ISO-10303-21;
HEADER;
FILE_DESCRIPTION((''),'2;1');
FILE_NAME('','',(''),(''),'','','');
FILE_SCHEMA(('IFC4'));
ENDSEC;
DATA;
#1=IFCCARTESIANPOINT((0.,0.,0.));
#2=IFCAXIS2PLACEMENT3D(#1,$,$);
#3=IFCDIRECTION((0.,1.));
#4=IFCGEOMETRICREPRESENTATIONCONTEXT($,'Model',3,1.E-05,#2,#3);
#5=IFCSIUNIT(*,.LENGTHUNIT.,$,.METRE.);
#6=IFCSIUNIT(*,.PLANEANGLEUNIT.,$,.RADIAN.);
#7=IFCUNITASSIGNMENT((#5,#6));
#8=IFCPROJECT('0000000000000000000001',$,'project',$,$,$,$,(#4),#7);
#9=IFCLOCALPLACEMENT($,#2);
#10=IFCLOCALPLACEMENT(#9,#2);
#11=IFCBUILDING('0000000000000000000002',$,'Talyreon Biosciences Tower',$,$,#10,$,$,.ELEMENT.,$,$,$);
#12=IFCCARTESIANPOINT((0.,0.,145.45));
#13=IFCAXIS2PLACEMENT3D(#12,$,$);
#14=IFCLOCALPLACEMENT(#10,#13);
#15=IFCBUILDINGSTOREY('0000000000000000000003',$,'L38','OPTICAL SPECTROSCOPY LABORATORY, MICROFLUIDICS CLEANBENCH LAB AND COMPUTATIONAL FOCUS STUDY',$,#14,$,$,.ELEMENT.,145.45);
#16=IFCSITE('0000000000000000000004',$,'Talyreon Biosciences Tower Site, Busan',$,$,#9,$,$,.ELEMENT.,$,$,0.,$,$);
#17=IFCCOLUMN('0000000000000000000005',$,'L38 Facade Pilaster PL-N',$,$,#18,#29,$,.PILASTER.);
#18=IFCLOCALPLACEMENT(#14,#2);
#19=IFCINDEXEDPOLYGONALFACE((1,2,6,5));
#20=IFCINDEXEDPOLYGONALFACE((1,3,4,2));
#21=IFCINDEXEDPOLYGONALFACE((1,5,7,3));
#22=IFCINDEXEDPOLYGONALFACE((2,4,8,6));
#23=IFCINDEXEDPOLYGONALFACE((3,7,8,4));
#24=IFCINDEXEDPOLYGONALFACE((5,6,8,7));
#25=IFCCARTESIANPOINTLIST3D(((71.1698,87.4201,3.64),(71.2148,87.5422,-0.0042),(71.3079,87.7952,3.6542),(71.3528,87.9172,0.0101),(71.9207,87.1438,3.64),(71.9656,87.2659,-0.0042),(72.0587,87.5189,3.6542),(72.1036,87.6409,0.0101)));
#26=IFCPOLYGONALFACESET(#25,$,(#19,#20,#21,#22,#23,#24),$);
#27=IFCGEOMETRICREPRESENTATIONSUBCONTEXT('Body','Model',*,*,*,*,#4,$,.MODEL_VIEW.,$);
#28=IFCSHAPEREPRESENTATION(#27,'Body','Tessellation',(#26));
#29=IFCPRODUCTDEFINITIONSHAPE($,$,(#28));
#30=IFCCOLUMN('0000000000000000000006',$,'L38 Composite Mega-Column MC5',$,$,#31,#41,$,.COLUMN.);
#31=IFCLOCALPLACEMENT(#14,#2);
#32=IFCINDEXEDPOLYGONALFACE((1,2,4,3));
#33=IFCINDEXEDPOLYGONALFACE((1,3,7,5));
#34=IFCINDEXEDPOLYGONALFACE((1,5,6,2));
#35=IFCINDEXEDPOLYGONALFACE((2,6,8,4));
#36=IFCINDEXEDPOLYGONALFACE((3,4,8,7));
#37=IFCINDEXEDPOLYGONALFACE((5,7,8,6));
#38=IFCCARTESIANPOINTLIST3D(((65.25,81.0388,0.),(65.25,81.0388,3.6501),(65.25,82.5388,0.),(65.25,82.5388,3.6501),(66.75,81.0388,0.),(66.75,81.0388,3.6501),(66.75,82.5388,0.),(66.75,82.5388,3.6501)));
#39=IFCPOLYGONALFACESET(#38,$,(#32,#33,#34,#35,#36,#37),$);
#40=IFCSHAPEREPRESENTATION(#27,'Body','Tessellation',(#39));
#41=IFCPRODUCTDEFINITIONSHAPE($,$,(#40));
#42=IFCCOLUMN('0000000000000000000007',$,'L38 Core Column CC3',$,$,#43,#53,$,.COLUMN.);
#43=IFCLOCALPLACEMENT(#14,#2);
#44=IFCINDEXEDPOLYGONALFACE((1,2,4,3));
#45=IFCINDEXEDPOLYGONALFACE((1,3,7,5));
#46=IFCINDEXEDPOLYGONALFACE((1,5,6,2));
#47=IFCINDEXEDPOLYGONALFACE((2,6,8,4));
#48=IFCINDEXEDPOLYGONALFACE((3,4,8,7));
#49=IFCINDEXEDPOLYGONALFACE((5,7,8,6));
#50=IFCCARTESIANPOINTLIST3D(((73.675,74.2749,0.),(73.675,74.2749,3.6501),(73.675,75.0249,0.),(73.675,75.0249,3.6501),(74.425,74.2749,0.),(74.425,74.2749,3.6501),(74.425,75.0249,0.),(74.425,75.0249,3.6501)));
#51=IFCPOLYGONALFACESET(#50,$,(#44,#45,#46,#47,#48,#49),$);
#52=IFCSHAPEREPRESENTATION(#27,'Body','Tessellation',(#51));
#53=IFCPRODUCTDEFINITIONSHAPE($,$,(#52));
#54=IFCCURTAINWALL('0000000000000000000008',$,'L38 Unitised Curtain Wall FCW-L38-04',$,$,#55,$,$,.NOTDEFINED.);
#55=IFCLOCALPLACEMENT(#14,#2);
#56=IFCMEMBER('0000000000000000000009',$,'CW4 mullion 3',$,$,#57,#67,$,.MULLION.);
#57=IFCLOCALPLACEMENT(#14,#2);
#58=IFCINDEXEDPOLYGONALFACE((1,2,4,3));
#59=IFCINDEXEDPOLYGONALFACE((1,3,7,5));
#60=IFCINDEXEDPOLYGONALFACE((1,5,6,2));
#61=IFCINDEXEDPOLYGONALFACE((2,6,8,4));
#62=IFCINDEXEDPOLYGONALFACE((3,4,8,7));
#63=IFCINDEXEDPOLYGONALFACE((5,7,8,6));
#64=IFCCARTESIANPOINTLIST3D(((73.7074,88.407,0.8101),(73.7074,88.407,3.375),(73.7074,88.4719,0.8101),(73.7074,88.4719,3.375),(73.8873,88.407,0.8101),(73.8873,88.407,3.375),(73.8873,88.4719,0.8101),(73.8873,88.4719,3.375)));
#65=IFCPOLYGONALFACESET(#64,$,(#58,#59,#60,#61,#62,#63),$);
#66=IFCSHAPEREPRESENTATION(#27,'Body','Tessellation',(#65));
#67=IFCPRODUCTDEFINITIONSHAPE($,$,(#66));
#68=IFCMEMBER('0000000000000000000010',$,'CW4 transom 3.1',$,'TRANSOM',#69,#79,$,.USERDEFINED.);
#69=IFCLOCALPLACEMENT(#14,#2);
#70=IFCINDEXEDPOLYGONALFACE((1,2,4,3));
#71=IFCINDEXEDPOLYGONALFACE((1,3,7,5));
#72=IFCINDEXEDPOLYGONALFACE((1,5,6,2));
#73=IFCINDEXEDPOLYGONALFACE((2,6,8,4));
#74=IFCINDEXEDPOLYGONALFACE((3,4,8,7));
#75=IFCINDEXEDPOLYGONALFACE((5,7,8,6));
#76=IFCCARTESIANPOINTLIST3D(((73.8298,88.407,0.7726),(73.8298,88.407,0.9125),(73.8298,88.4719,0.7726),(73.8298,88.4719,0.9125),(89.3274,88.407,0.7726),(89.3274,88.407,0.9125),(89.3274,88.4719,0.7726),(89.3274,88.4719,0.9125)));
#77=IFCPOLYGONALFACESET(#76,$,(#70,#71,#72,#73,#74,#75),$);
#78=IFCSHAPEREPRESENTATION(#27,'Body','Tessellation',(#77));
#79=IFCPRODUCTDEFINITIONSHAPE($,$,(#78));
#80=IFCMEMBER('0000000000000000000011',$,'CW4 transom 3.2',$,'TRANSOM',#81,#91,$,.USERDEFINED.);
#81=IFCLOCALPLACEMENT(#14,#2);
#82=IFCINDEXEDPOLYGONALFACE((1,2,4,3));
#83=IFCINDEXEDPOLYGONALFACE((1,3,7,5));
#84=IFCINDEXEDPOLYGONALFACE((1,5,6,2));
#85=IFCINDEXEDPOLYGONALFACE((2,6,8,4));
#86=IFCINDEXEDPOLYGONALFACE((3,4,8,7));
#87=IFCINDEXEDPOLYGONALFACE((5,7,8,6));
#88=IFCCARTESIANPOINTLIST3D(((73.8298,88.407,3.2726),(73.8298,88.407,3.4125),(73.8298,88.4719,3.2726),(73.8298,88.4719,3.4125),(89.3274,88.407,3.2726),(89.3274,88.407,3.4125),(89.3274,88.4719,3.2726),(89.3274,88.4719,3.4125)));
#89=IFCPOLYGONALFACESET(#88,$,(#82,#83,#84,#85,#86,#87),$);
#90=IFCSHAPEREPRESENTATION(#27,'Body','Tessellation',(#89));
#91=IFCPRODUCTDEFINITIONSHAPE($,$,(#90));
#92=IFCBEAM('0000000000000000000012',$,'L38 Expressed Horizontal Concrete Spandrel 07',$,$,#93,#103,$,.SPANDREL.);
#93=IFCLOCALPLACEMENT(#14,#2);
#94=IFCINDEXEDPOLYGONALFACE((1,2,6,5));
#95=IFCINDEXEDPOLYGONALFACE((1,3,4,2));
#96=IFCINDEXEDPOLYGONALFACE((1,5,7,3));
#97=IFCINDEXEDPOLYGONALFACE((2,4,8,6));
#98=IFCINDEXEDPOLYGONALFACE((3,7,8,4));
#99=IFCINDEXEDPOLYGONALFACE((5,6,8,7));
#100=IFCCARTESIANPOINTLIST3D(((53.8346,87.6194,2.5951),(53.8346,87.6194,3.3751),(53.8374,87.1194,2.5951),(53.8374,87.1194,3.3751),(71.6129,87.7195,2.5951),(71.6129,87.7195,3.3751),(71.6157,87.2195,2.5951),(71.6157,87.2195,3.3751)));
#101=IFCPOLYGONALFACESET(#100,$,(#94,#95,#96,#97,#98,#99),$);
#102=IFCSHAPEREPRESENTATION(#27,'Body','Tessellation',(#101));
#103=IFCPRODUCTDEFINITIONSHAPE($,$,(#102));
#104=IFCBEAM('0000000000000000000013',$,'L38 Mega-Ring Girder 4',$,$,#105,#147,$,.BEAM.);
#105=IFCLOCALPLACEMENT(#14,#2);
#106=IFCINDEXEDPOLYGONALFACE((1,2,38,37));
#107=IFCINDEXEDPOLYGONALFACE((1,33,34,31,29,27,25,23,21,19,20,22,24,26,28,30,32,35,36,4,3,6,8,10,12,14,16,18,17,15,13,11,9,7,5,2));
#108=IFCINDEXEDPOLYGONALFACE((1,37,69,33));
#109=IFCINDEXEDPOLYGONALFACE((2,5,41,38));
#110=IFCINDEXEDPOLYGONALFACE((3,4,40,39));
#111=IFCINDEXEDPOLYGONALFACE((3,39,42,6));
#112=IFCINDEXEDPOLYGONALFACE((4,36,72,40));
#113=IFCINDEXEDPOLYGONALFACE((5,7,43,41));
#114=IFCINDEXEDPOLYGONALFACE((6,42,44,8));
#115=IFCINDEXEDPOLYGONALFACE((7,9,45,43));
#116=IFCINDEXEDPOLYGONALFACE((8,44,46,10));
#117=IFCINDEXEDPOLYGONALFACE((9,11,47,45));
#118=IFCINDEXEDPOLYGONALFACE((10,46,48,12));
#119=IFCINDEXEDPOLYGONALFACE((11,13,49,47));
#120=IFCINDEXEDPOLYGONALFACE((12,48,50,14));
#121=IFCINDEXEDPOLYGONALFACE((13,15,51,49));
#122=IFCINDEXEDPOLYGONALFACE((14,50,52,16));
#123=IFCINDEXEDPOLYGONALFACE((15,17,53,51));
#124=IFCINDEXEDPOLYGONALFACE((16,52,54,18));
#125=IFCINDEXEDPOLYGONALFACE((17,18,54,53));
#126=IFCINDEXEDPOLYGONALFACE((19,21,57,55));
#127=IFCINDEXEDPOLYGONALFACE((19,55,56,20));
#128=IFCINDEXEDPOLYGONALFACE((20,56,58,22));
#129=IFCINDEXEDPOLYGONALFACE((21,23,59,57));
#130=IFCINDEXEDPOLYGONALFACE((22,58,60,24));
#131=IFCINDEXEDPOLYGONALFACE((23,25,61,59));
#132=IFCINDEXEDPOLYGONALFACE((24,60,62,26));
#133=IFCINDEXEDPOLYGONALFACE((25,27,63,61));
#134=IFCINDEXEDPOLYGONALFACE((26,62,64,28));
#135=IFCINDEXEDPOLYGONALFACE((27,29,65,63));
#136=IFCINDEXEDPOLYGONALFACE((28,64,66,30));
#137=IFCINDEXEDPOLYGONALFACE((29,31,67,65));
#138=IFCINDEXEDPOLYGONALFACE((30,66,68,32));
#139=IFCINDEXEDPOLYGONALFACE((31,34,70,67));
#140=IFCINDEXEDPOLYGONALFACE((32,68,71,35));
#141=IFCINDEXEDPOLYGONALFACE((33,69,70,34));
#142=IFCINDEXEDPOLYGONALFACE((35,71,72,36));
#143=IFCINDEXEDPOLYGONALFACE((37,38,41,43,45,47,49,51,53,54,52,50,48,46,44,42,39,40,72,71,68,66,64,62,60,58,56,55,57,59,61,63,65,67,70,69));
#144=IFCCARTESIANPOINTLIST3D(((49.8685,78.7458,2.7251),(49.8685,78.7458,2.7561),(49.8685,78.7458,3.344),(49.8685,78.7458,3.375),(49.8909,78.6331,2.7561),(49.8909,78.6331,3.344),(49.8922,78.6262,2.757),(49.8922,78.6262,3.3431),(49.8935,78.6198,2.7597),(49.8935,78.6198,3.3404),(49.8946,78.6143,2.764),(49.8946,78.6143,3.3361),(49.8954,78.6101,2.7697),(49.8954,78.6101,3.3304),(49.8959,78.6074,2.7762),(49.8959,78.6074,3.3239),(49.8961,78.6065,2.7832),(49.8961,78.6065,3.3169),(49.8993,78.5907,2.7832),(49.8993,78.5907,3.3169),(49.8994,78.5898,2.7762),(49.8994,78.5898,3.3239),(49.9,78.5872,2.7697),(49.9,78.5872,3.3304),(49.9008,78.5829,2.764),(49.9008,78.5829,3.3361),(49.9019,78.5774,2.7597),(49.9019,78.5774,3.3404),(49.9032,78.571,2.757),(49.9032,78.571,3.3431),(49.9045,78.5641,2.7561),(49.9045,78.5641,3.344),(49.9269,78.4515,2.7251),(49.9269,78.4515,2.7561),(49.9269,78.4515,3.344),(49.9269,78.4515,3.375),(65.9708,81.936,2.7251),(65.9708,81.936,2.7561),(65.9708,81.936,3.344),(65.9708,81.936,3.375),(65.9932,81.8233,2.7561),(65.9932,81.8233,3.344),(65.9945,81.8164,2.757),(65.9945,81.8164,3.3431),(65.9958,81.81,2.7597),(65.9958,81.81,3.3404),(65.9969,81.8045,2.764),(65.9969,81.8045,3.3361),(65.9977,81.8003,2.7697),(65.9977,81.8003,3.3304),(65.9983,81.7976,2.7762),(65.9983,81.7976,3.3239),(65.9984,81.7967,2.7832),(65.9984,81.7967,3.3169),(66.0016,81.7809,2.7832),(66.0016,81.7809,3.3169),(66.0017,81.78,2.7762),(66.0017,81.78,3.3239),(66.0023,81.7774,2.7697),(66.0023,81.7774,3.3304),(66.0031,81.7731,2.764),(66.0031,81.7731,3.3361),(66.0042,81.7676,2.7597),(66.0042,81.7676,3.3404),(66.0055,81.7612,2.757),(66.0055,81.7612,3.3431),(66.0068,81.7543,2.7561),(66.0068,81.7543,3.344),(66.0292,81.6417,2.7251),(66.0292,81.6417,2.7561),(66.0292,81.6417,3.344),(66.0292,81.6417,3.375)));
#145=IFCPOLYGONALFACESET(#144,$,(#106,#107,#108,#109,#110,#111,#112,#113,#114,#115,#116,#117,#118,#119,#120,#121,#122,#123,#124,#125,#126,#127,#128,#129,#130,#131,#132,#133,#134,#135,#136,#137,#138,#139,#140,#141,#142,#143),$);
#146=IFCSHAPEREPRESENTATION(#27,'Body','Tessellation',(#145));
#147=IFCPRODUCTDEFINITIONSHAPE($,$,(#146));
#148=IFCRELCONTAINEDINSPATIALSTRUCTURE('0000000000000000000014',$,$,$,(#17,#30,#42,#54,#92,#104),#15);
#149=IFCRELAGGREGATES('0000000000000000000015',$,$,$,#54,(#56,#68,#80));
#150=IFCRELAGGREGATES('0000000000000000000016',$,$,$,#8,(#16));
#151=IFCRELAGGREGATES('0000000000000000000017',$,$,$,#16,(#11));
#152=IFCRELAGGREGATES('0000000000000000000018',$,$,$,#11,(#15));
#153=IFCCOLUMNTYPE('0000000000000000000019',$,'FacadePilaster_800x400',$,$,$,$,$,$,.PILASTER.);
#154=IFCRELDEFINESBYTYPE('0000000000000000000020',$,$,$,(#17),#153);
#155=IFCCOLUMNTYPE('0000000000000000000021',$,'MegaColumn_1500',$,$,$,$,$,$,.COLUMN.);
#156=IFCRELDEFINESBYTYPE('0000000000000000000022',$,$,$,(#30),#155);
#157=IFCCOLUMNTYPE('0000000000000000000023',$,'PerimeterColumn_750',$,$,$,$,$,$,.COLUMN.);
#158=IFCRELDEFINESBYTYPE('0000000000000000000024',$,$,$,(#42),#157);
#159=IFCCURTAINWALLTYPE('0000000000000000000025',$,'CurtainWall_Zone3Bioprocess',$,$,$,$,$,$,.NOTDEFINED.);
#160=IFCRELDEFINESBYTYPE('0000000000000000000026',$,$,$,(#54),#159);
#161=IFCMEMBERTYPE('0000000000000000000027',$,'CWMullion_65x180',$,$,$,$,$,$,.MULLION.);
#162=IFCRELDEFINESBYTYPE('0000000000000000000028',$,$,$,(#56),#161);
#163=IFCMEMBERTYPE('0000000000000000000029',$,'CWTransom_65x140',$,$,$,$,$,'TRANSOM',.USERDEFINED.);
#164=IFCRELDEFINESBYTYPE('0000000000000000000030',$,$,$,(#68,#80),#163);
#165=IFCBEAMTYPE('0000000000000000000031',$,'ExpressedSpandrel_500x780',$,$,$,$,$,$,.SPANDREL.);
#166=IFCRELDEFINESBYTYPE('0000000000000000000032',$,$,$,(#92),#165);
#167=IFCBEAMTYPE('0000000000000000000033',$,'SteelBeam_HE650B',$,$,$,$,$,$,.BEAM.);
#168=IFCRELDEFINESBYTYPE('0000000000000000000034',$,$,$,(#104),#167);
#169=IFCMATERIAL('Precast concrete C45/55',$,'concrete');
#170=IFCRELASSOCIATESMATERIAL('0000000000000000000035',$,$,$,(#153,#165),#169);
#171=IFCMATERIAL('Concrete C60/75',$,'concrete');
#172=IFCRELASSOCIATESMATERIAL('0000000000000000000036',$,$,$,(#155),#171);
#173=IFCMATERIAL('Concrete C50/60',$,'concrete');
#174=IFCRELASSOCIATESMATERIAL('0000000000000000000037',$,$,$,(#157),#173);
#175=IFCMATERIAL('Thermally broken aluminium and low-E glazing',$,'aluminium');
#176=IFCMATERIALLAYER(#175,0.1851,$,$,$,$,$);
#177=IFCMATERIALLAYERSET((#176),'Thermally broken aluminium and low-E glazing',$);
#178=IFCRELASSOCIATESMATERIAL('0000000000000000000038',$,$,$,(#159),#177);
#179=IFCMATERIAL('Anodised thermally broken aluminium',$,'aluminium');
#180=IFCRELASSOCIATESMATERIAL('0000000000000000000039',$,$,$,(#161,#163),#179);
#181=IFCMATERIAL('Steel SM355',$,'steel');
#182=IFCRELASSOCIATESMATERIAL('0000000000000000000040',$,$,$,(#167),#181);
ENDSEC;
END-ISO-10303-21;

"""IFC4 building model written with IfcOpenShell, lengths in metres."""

from ifc_helpers import new_model, si_unit, direction, frame, origin, origin_2d, place, context, subcontext, project, spatial, rectangle, i_section, extrude, material, layer, layer_set, material_profile, profile_set, type_object, element, aggregate, save


model = new_model("IFC4")

# Units and contexts
model_context = context("Model", 3, precision=1e-05, world=origin(), true_north=direction((0.0, 1.0)))
body_context = subcontext(model_context, "Body", "Model", "MODEL_VIEW")
ifc_project = project(units=[si_unit("LENGTHUNIT", "METRE"), si_unit("PLANEANGLEUNIT", "RADIAN")], contexts=[model_context])

# Site, building, storey
site_placement = place(None, origin())
site = spatial("IfcSite", under=ifc_project, at=site_placement, Name="Talyreon Biosciences Tower Site, Busan", CompositionType="ELEMENT", RefElevation=0.0)
building_placement = place(site_placement, origin())
building = spatial("IfcBuilding", under=site, at=building_placement, Name="Talyreon Biosciences Tower", CompositionType="ELEMENT")
storey_placement = place(building_placement, frame((0.0, 0.0, 145.45)))
storey = spatial("IfcBuildingStorey", under=building, at=storey_placement, Name="L38", Description="OPTICAL SPECTROSCOPY LABORATORY, MICROFLUIDICS CLEANBENCH LAB AND COMPUTATIONAL FOCUS STUDY", CompositionType="ELEMENT", Elevation=145.45)

# Columns
ifc_material_1 = material(Name="Precast concrete C45/55", Category="concrete")
ifc_material_profile_1 = material_profile(ifc_material_1, rectangle(XDim=0.8, YDim=0.3999, at=origin_2d()), Name="RC 800x400")
ifc_profile_set_1 = profile_set([ifc_material_profile_1], Name="Precast concrete C45/55")
column_type_1 = type_object("IfcColumnType", Name="FacadePilaster_800x400", PredefinedType="PILASTER", material=ifc_profile_set_1)
column_1_placement = place(storey_placement, frame((71.6592, 87.5916, 0.0029), z_axis=(-0.01232, -0.033477, 0.999364), x_axis=(-0.938471, 0.345357, 0.0)))
element("IfcColumn", 1, at=column_1_placement, inside=storey, type_object=column_type_1, Name="L38 Facade Pilaster PL-N", PredefinedType="PILASTER", context=body_context, shape_type="SweptSolid", body=[
    extrude(rectangle(XDim=0.8, YDim=0.3999, at=origin_2d()), origin(), (0.0, 0.0, 1.0), 3.6465),
])
ifc_material_2 = material(Name="Concrete C60/75", Category="concrete")
ifc_material_profile_2 = material_profile(ifc_material_2, rectangle(XDim=1.5, YDim=1.5, at=origin_2d()), Name="RC 1500x1500")
ifc_profile_set_2 = profile_set([ifc_material_profile_2], Name="Concrete C60/75")
column_type_2 = type_object("IfcColumnType", Name="MegaColumn_1500", PredefinedType="COLUMN", material=ifc_profile_set_2)
column_2_placement = place(storey_placement, frame((66.0, 81.7888, 0.0), z_axis=(0.0, 0.0, 1.0), x_axis=(1.0, 0.0, 0.0)))
element("IfcColumn", 2, at=column_2_placement, inside=storey, type_object=column_type_2, Name="L38 Composite Mega-Column MC5", PredefinedType="COLUMN", context=body_context, shape_type="SweptSolid", body=[
    extrude(rectangle(XDim=1.5, YDim=1.5, at=origin_2d()), origin(), (0.0, 0.0, 1.0), 3.6501),
])
ifc_material_3 = material(Name="Concrete C50/60", Category="concrete")
ifc_material_profile_3 = material_profile(ifc_material_3, rectangle(XDim=0.75, YDim=0.75, at=origin_2d()), Name="RC 750x750")
ifc_profile_set_3 = profile_set([ifc_material_profile_3], Name="Concrete C50/60")
column_type_3 = type_object("IfcColumnType", Name="PerimeterColumn_750", PredefinedType="COLUMN", material=ifc_profile_set_3)
column_3_placement = place(storey_placement, frame((74.05, 74.6499, 0.0), z_axis=(0.0, 0.0, 1.0), x_axis=(1.0, 0.0, 0.0)))
element("IfcColumn", 3, at=column_3_placement, inside=storey, type_object=column_type_3, Name="L38 Core Column CC3", PredefinedType="COLUMN", context=body_context, shape_type="SweptSolid", body=[
    extrude(rectangle(XDim=0.75, YDim=0.75, at=origin_2d()), origin(), (0.0, 0.0, 1.0), 3.6501),
])

# Curtain wall, members
ifc_material_4 = material(Name="Thermally broken aluminium and low-E glazing", Category="aluminium")
ifc_layer_1 = layer(ifc_material_4, 0.1851)
ifc_layer_set_1 = layer_set([ifc_layer_1], Name="Thermally broken aluminium and low-E glazing")
curtain_wall_type = type_object("IfcCurtainWallType", Name="CurtainWall_Zone3Bioprocess", PredefinedType="NOTDEFINED", material=ifc_layer_set_1)
curtain_wall_placement = place(storey_placement, origin())
curtain_wall = element("IfcCurtainWall", 4, at=curtain_wall_placement, inside=storey, type_object=curtain_wall_type, Name="L38 Unitised Curtain Wall FCW-L38-04", PredefinedType="NOTDEFINED")
ifc_material_5 = material(Name="Anodised thermally broken aluminium", Category="aluminium")
ifc_material_profile_4 = material_profile(ifc_material_5, rectangle(XDim=0.0649, YDim=0.1799, at=origin_2d()), Name="ALUM MULLION 65x180")
ifc_profile_set_4 = profile_set([ifc_material_profile_4], Name="Anodised thermally broken aluminium")
member_type_1 = type_object("IfcMemberType", Name="CWMullion_65x180", PredefinedType="MULLION", material=ifc_profile_set_4)
member_1_placement = place(storey_placement, frame((73.7974, 88.4395, 0.8101), z_axis=(0.0, 0.0, 1.0), x_axis=(0.0, 1.0, 0.0)))
member_1 = element("IfcMember", 5, at=member_1_placement, type_object=member_type_1, Name="CW4 mullion 3", PredefinedType="MULLION", context=body_context, shape_type="SweptSolid", body=[
    extrude(rectangle(XDim=0.0649, YDim=0.1799, at=origin_2d()), origin(), (0.0, 0.0, 1.0), 2.5649),
])
ifc_material_profile_5 = material_profile(ifc_material_5, rectangle(XDim=0.0649, YDim=0.1399, at=origin_2d()), Name="ALUM TRANSOM 65x140")
ifc_profile_set_5 = profile_set([ifc_material_profile_5], Name="Anodised thermally broken aluminium")
member_type_2 = type_object("IfcMemberType", Name="CWTransom_65x140", ElementType="TRANSOM", PredefinedType="USERDEFINED", material=ifc_profile_set_5)
member_2_placement = place(storey_placement, frame((73.8298, 88.4395, 0.8425), z_axis=(1.0, 0.0, 0.0), x_axis=(0.0, 1.0, 0.0)))
member_2 = element("IfcMember", 6, at=member_2_placement, type_object=member_type_2, Name="CW4 transom 3.1", ObjectType="TRANSOM", PredefinedType="USERDEFINED", context=body_context, shape_type="SweptSolid", body=[
    extrude(rectangle(XDim=0.0649, YDim=0.1399, at=origin_2d()), origin(), (0.0, 0.0, 1.0), 15.4976),
])
member_3_placement = place(storey_placement, frame((73.8298, 88.4395, 3.3425), z_axis=(1.0, 0.0, 0.0), x_axis=(0.0, 1.0, 0.0)))
member_3 = element("IfcMember", 7, at=member_3_placement, type_object=member_type_2, Name="CW4 transom 3.2", ObjectType="TRANSOM", PredefinedType="USERDEFINED", context=body_context, shape_type="SweptSolid", body=[
    extrude(rectangle(XDim=0.0649, YDim=0.1399, at=origin_2d()), origin(), (0.0, 0.0, 1.0), 15.4976),
])

# Beams
ifc_material_profile_6 = material_profile(ifc_material_1, rectangle(XDim=0.5, YDim=0.78, at=origin_2d()), Name="RCB 500x780")
ifc_profile_set_6 = profile_set([ifc_material_profile_6], Name="Precast concrete C45/55")
beam_type_1 = type_object("IfcBeamType", Name="ExpressedSpandrel_500x780", PredefinedType="SPANDREL", material=ifc_profile_set_6)
beam_1_placement = place(storey_placement, frame((71.6143, 87.4695, 2.9851), z_axis=(-0.999984, -0.00563, 0.0), x_axis=(0.00563, -0.999984, 0.0)))
element("IfcBeam", 8, at=beam_1_placement, inside=storey, type_object=beam_type_1, Name="L38 Expressed Horizontal Concrete Spandrel 07", PredefinedType="SPANDREL", context=body_context, shape_type="SweptSolid", body=[
    extrude(rectangle(XDim=0.5, YDim=0.78, at=origin_2d()), origin(), (0.0, 0.0, 1.0), 17.7786),
])
ifc_material_6 = material(Name="Steel SM355", Category="steel")
ifc_material_profile_7 = material_profile(ifc_material_6, i_section(OverallWidth=0.3, OverallDepth=0.6499, WebThickness=0.0161, FlangeThickness=0.031, FilletRadius=0.0271, at=origin_2d()), Name="HE650B")
ifc_profile_set_7 = profile_set([ifc_material_profile_7], Name="Steel SM355")
beam_type_2 = type_object("IfcBeamType", Name="SteelBeam_HE650B", PredefinedType="BEAM", material=ifc_profile_set_7)
beam_2_placement = place(storey_placement, frame((66.0, 81.7888, 3.05), z_axis=(-0.980934, -0.194343, 0.0), x_axis=(0.194343, -0.980934, 0.0)))
element("IfcBeam", 9, at=beam_2_placement, inside=storey, type_object=beam_type_2, Name="L38 Mega-Ring Girder 4", PredefinedType="BEAM", context=body_context, shape_type="SweptSolid", body=[
    extrude(i_section(OverallWidth=0.3, OverallDepth=0.6499, WebThickness=0.0161, FlangeThickness=0.031, FilletRadius=0.0271, at=origin_2d()), origin(), (0.0, 0.0, 1.0), 16.4153),
])

aggregate(curtain_wall, [member_1, member_2, member_3])

save(model, "model.ifc")
